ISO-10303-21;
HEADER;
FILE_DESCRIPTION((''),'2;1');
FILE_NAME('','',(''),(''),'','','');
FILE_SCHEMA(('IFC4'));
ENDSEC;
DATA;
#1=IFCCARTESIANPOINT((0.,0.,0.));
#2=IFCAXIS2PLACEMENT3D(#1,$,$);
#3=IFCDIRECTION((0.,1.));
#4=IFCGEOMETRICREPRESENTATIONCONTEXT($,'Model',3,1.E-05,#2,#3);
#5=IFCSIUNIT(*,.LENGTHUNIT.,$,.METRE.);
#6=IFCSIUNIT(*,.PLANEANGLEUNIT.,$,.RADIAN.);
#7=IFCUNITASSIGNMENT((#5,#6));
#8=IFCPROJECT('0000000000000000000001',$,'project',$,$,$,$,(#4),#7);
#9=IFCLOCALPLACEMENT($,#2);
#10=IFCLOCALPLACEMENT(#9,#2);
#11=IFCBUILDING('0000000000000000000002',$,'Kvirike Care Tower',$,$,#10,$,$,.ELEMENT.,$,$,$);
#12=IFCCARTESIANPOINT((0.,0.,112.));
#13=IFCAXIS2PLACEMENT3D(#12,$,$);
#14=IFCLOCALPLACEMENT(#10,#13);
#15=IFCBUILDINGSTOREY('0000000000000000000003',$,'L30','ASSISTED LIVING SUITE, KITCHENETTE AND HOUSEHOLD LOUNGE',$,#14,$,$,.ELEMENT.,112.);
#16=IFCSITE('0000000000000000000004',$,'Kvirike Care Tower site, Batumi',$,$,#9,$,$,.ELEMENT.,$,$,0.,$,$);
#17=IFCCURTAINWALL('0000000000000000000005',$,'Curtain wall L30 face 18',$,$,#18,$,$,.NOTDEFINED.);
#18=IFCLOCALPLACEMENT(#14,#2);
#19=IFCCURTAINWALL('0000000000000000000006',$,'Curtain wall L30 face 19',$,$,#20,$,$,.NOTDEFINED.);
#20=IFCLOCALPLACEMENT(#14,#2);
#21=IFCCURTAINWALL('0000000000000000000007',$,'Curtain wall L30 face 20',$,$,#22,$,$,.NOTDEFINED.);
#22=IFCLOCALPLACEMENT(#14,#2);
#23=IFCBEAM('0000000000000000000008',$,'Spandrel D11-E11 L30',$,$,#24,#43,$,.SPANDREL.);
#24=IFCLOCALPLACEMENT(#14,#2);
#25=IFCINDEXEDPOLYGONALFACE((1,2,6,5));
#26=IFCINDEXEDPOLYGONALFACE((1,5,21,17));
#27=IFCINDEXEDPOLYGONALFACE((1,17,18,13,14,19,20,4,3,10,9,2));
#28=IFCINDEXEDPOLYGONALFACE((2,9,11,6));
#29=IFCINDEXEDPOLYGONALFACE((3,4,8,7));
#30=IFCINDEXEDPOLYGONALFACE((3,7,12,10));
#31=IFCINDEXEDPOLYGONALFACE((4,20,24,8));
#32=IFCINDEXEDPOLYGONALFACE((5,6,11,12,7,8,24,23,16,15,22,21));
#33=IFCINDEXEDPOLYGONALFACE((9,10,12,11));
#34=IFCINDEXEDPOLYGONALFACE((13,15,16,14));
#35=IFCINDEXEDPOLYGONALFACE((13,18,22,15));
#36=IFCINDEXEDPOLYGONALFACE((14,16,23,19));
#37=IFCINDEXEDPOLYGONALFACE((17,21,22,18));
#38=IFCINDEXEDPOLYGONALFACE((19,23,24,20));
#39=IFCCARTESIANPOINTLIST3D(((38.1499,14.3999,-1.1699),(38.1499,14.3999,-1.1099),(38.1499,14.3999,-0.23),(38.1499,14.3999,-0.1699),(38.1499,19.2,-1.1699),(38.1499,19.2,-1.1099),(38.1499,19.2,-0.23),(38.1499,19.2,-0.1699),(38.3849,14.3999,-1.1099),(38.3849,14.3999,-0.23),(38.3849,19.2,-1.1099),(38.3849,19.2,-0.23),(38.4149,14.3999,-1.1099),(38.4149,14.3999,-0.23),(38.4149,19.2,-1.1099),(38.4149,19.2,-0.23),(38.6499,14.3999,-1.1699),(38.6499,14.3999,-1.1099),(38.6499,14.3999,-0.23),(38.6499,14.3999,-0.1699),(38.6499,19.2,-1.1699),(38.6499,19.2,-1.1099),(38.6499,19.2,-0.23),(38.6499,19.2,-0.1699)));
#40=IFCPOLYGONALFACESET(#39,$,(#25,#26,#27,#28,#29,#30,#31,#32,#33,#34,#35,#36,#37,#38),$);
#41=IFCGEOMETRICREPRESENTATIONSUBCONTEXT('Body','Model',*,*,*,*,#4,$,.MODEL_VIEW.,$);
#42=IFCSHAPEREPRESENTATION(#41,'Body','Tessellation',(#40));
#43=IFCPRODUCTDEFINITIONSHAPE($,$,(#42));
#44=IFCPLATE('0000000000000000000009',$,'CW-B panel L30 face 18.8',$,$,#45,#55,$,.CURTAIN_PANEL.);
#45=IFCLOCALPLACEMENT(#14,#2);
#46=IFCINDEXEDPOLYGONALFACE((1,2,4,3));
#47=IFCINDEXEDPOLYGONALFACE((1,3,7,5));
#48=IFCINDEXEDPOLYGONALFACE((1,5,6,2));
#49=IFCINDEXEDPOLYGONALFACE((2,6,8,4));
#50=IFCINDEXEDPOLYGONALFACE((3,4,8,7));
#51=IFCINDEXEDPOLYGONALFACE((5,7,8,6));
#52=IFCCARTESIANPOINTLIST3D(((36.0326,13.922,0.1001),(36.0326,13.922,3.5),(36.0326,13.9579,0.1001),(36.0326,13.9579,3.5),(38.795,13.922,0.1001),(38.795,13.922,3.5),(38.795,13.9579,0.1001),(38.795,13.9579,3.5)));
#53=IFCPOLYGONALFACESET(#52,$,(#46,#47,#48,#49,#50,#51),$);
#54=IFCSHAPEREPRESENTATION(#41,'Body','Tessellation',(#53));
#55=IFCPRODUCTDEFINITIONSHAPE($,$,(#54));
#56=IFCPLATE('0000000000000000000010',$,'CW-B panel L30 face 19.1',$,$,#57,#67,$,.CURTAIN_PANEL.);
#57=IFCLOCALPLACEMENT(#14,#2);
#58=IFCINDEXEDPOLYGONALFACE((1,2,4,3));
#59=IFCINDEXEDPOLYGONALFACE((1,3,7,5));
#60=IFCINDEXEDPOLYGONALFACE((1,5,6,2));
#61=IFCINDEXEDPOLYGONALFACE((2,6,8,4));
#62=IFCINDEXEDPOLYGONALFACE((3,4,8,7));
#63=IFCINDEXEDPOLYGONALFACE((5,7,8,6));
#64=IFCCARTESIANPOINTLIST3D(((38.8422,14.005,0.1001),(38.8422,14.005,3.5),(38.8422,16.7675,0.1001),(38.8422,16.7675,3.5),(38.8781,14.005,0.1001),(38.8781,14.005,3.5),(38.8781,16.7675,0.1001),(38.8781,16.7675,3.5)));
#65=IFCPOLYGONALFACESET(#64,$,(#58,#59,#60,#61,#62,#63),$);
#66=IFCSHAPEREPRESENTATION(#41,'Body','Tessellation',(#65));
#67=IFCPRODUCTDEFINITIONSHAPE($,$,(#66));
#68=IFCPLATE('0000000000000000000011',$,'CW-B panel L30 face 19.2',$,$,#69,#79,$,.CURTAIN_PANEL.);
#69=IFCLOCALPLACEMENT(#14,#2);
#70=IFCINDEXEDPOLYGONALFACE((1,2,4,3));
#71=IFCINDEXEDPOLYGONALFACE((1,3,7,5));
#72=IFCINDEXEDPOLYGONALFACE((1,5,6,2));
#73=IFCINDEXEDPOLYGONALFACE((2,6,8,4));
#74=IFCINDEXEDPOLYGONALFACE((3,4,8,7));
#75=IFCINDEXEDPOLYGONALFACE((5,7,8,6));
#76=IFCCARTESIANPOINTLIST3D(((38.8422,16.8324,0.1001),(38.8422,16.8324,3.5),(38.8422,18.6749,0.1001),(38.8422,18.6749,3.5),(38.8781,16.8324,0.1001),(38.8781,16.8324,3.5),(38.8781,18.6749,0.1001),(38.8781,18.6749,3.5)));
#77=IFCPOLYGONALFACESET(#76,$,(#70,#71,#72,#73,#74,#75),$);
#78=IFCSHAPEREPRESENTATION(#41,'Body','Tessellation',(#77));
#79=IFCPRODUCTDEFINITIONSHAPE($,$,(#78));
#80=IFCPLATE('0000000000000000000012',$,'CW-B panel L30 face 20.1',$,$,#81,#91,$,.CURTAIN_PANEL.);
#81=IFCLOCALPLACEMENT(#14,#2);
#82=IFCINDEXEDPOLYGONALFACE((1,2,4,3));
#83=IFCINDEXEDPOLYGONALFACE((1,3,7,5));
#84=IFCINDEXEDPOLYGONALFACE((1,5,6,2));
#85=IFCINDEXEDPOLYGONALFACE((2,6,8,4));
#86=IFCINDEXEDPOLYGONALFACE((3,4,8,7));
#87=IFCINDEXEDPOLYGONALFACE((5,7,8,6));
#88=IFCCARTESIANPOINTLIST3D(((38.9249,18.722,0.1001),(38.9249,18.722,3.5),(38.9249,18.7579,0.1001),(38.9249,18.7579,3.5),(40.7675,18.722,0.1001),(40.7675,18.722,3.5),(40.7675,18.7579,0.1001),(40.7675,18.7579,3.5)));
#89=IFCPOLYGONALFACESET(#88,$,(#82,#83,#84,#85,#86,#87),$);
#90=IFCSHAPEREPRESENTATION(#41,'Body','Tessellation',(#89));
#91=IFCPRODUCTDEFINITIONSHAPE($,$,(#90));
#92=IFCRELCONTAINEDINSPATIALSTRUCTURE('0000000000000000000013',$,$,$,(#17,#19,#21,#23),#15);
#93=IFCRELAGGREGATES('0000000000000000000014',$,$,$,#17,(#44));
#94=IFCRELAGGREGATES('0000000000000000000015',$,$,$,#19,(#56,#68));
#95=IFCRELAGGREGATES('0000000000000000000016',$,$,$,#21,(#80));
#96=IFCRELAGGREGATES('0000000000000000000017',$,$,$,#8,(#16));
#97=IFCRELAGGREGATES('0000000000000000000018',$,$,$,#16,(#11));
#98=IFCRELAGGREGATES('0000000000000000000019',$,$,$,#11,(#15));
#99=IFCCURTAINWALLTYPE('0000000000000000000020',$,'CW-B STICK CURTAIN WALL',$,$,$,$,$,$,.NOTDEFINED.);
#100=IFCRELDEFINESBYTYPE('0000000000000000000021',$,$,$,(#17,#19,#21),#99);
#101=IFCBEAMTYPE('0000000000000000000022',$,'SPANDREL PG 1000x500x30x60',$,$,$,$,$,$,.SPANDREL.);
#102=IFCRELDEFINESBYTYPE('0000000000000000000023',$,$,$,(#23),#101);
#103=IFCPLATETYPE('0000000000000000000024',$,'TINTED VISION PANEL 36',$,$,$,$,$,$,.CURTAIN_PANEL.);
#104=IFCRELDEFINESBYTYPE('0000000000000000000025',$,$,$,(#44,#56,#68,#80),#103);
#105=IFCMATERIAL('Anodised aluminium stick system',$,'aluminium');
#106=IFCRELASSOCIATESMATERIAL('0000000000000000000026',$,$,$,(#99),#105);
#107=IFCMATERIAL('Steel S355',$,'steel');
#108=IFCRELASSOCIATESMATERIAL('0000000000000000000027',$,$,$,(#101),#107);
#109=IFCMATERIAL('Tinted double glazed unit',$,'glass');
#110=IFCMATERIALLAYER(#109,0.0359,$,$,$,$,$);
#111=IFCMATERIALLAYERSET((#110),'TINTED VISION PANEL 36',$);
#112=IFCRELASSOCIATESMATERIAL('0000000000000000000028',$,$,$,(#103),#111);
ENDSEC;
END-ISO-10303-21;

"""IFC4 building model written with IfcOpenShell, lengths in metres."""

from ifc_helpers import new_model, si_unit, direction, frame, origin, origin_2d, place, context, subcontext, project, spatial, rectangle, i_section, extrude, material, layer, layer_set, material_profile, profile_set, type_object, element, aggregate, save


model = new_model("IFC4")

# Units and contexts
model_context = context("Model", 3, precision=1e-05, world=origin(), true_north=direction((0.0, 1.0)))
body_context = subcontext(model_context, "Body", "Model", "MODEL_VIEW")
ifc_project = project(units=[si_unit("LENGTHUNIT", "METRE"), si_unit("PLANEANGLEUNIT", "RADIAN")], contexts=[model_context])

# Site, building, storey
site_placement = place(None, origin())
site = spatial("IfcSite", under=ifc_project, at=site_placement, Name="Kvirike Care Tower site, Batumi", CompositionType="ELEMENT", RefElevation=0.0)
building_placement = place(site_placement, origin())
building = spatial("IfcBuilding", under=site, at=building_placement, Name="Kvirike Care Tower", CompositionType="ELEMENT")
storey_placement = place(building_placement, frame((0.0, 0.0, 112.0)))
storey = spatial("IfcBuildingStorey", under=building, at=storey_placement, Name="L30", Description="ASSISTED LIVING SUITE, KITCHENETTE AND HOUSEHOLD LOUNGE", CompositionType="ELEMENT", Elevation=112.0)

# Curtain walls
ifc_material_1 = material(Name="Anodised aluminium stick system", Category="aluminium")
curtain_wall_type = type_object("IfcCurtainWallType", Name="CW-B STICK CURTAIN WALL", PredefinedType="NOTDEFINED", material=ifc_material_1)
curtain_wall_1_placement = place(storey_placement, origin())
curtain_wall_1 = element("IfcCurtainWall", 1, at=curtain_wall_1_placement, inside=storey, type_object=curtain_wall_type, Name="Curtain wall L30 face 18", PredefinedType="NOTDEFINED")
curtain_wall_2_placement = place(storey_placement, origin())
curtain_wall_2 = element("IfcCurtainWall", 2, at=curtain_wall_2_placement, inside=storey, type_object=curtain_wall_type, Name="Curtain wall L30 face 19", PredefinedType="NOTDEFINED")
curtain_wall_3_placement = place(storey_placement, origin())
curtain_wall_3 = element("IfcCurtainWall", 3, at=curtain_wall_3_placement, inside=storey, type_object=curtain_wall_type, Name="Curtain wall L30 face 20", PredefinedType="NOTDEFINED")

# Beam
ifc_material_2 = material(Name="Steel S355", Category="steel")
ifc_material_profile_1 = material_profile(ifc_material_2, i_section(OverallWidth=0.5, OverallDepth=1.0, WebThickness=0.03, FlangeThickness=0.0601, at=origin_2d()), Name="PG 1000x500x30x60")
ifc_profile_set_1 = profile_set([ifc_material_profile_1], Name="Steel S355")
beam_type = type_object("IfcBeamType", Name="SPANDREL PG 1000x500x30x60", PredefinedType="SPANDREL", material=ifc_profile_set_1)
beam_placement = place(storey_placement, frame((38.3999, 14.3999, -0.6699), z_axis=(0.0, 1.0, 0.0), x_axis=(-1.0, 0.0, 0.0)))
element("IfcBeam", 4, at=beam_placement, inside=storey, type_object=beam_type, Name="Spandrel D11-E11 L30", PredefinedType="SPANDREL", context=body_context, shape_type="SweptSolid", body=[
    extrude(i_section(OverallWidth=0.5, OverallDepth=1.0, WebThickness=0.03, FlangeThickness=0.0601, at=origin_2d()), origin(), (0.0, 0.0, 1.0), 4.8),
])

# Plates
ifc_material_3 = material(Name="Tinted double glazed unit", Category="glass")
ifc_layer = layer(ifc_material_3, 0.0359)
ifc_layer_set = layer_set([ifc_layer], Name="TINTED VISION PANEL 36")
plate_type = type_object("IfcPlateType", Name="TINTED VISION PANEL 36", PredefinedType="CURTAIN_PANEL", material=ifc_layer_set)
plate_1_placement = place(storey_placement, frame((37.4138, 13.9399, 0.1001), z_axis=(0.0, 0.0, 1.0), x_axis=(1.0, 0.0, 0.0)))
plate_1 = element("IfcPlate", 5, at=plate_1_placement, type_object=plate_type, Name="CW-B panel L30 face 18.8", PredefinedType="CURTAIN_PANEL", context=body_context, shape_type="SweptSolid", body=[
    extrude(rectangle(XDim=2.7625, YDim=0.0359, at=origin_2d()), origin(), (0.0, 0.0, 1.0), 3.3999),
])
aggregate(curtain_wall_1, [plate_1])
plate_2_placement = place(storey_placement, frame((38.8601, 15.3862, 0.1001), z_axis=(0.0, 0.0, 1.0), x_axis=(0.0, 1.0, 0.0)))
plate_2 = element("IfcPlate", 6, at=plate_2_placement, type_object=plate_type, Name="CW-B panel L30 face 19.1", PredefinedType="CURTAIN_PANEL", context=body_context, shape_type="SweptSolid", body=[
    extrude(rectangle(XDim=2.7625, YDim=0.0359, at=origin_2d()), origin(), (0.0, 0.0, 1.0), 3.3999),
])
plate_3_placement = place(storey_placement, frame((38.8601, 17.7537, 0.1001), z_axis=(0.0, 0.0, 1.0), x_axis=(0.0, 1.0, 0.0)))
plate_3 = element("IfcPlate", 7, at=plate_3_placement, type_object=plate_type, Name="CW-B panel L30 face 19.2", PredefinedType="CURTAIN_PANEL", context=body_context, shape_type="SweptSolid", body=[
    extrude(rectangle(XDim=1.8425, YDim=0.0359, at=origin_2d()), origin(), (0.0, 0.0, 1.0), 3.3999),
])
aggregate(curtain_wall_2, [plate_2, plate_3])
plate_4_placement = place(storey_placement, frame((39.8462, 18.74, 0.1001), z_axis=(0.0, 0.0, 1.0), x_axis=(1.0, 0.0, 0.0)))
plate_4 = element("IfcPlate", 8, at=plate_4_placement, type_object=plate_type, Name="CW-B panel L30 face 20.1", PredefinedType="CURTAIN_PANEL", context=body_context, shape_type="SweptSolid", body=[
    extrude(rectangle(XDim=1.8425, YDim=0.0359, at=origin_2d()), origin(), (0.0, 0.0, 1.0), 3.3999),
])
aggregate(curtain_wall_3, [plate_4])

save(model, "model.ifc")
